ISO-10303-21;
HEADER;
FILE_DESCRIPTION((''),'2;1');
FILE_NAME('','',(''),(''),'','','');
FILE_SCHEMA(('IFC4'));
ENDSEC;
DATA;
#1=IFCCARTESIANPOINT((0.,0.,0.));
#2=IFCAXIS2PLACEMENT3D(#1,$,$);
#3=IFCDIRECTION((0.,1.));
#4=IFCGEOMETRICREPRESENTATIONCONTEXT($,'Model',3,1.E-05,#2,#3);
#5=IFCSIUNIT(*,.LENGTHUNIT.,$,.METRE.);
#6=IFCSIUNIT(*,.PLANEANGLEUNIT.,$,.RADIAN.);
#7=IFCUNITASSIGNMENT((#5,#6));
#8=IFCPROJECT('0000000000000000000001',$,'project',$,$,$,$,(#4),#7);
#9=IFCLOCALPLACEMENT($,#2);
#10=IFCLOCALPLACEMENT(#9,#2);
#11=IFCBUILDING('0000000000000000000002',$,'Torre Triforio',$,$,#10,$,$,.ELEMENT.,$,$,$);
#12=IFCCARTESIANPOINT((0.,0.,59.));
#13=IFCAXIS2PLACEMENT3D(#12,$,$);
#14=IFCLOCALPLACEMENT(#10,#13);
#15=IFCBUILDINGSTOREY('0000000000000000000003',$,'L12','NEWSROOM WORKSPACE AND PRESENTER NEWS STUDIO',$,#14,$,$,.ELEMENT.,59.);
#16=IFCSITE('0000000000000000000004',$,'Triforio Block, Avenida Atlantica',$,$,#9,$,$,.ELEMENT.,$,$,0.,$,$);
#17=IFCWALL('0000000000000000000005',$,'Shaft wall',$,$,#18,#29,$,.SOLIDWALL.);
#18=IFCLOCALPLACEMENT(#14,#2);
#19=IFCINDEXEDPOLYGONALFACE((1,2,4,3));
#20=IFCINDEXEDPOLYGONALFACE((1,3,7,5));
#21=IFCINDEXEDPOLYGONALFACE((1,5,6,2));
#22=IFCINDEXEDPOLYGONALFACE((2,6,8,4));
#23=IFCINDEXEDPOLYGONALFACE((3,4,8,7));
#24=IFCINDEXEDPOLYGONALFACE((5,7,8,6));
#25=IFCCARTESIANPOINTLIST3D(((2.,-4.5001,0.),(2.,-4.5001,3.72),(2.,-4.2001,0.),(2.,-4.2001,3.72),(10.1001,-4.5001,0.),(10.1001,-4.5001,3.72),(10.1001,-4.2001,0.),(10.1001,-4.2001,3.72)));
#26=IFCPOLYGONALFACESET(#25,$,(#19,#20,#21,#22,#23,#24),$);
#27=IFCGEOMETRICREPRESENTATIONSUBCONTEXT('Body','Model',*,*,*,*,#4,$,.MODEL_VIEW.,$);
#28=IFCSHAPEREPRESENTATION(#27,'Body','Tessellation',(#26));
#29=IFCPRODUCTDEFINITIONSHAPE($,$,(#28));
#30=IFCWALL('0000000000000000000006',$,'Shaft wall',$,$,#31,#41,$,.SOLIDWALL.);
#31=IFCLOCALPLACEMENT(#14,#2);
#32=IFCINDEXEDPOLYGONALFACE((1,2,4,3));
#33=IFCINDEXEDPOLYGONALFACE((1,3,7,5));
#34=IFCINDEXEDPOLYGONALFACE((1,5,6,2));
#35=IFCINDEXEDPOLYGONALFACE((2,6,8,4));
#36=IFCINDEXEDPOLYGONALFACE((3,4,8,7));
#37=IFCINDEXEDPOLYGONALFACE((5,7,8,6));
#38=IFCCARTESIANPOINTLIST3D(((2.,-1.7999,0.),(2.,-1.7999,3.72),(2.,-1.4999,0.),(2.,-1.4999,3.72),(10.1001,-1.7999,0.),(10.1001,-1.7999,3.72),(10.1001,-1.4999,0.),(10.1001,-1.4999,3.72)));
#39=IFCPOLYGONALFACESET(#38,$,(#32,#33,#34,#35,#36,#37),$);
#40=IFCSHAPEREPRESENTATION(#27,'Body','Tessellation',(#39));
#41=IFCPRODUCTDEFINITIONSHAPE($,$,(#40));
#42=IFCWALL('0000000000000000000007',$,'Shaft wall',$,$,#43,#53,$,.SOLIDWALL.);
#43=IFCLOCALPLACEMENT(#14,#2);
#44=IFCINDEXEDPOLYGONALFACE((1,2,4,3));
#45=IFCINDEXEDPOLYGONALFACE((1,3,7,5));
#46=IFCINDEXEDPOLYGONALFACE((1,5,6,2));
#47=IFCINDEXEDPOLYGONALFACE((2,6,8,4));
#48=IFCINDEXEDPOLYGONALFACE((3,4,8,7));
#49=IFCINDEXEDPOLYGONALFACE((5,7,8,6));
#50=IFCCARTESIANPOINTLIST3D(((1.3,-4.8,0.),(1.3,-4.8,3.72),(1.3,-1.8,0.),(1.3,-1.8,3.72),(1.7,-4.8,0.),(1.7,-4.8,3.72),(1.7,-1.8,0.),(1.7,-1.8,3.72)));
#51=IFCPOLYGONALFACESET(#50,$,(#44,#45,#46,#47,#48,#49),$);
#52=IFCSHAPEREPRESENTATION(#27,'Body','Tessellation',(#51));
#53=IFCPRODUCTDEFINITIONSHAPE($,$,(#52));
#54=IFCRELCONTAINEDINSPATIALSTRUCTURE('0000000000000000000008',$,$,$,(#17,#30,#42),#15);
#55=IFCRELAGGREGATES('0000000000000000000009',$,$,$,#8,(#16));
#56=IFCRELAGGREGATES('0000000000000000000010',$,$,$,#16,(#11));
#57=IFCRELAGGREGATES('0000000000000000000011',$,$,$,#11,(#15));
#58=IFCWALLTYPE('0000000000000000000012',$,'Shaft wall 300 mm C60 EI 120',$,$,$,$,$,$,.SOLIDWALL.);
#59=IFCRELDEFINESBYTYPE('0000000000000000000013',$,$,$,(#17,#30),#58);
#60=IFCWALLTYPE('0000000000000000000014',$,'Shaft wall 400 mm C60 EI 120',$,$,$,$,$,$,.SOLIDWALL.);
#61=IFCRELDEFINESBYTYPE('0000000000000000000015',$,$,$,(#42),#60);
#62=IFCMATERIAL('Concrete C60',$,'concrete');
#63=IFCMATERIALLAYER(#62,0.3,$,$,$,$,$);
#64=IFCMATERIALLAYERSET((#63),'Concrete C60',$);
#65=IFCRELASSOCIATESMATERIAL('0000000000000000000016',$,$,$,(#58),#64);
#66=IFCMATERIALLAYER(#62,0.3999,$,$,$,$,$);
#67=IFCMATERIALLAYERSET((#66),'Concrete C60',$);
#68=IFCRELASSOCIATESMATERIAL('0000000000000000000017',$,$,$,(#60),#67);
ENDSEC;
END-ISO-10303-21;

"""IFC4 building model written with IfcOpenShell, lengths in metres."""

from ifc_helpers import new_model, si_unit, direction, frame, frame_2d, origin, place, context, subcontext, project, spatial, rectangle, extrude, material, layer, layer_set, type_object, element, save


model = new_model("IFC4")

# Units and contexts
model_context = context("Model", 3, precision=1e-05, world=origin(), true_north=direction((0.0, 1.0)))
body_context = subcontext(model_context, "Body", "Model", "MODEL_VIEW")
ifc_project = project(units=[si_unit("LENGTHUNIT", "METRE"), si_unit("PLANEANGLEUNIT", "RADIAN")], contexts=[model_context])

# Site, building, storey
site_placement = place(None, origin())
site = spatial("IfcSite", under=ifc_project, at=site_placement, Name="Triforio Block, Avenida Atlantica", CompositionType="ELEMENT", RefElevation=0.0)
building_placement = place(site_placement, origin())
building = spatial("IfcBuilding", under=site, at=building_placement, Name="Torre Triforio", CompositionType="ELEMENT")
storey_placement = place(building_placement, frame((0.0, 0.0, 59.0)))
storey = spatial("IfcBuildingStorey", under=building, at=storey_placement, Name="L12", Description="NEWSROOM WORKSPACE AND PRESENTER NEWS STUDIO", CompositionType="ELEMENT", Elevation=59.0)

# Shared definitions
ifc_material_1 = material(Name="Concrete C60", Category="concrete")

# Walls
ifc_layer_1 = layer(ifc_material_1, 0.3)
ifc_layer_set_1 = layer_set([ifc_layer_1], Name="Concrete C60")
wall_type_1 = type_object("IfcWallType", Name="Shaft wall 300 mm C60 EI 120", PredefinedType="SOLIDWALL", material=ifc_layer_set_1)
for number, where, z_axis, x_axis, name in (
    (1, (2.0, -4.3501, 0.0), (0.0, 0.0, 1.0), (1.0, 0.0, 0.0), "Shaft wall"),
    (2, (2.0, -1.6499, 0.0), (0.0, 0.0, 1.0), (1.0, 0.0, 0.0), "Shaft wall"),
):
    element("IfcWall", number, at=place(storey_placement, frame(where, z_axis=z_axis, x_axis=x_axis)), inside=storey, type_object=wall_type_1, Name=name, PredefinedType="SOLIDWALL", context=body_context, shape_type="SweptSolid", body=[
        extrude(rectangle(XDim=8.1001, YDim=0.3, at=frame_2d((4.05, 0.0))), origin(), (0.0, 0.0, 1.0), 3.72),
    ])
ifc_layer_2 = layer(ifc_material_1, 0.3999)
ifc_layer_set_2 = layer_set([ifc_layer_2], Name="Concrete C60")
wall_type_2 = type_object("IfcWallType", Name="Shaft wall 400 mm C60 EI 120", PredefinedType="SOLIDWALL", material=ifc_layer_set_2)
wall_1_placement = place(storey_placement, frame((1.5, -4.8, 0.0), z_axis=(0.0, 0.0, 1.0), x_axis=(0.0, 1.0, 0.0)))
element("IfcWall", 3, at=wall_1_placement, inside=storey, type_object=wall_type_2, Name="Shaft wall", PredefinedType="SOLIDWALL", context=body_context, shape_type="SweptSolid", body=[
    extrude(rectangle(XDim=3.0, YDim=0.3999, at=frame_2d((1.5, 0.0))), origin(), (0.0, 0.0, 1.0), 3.72),
])

save(model, "model.ifc")
